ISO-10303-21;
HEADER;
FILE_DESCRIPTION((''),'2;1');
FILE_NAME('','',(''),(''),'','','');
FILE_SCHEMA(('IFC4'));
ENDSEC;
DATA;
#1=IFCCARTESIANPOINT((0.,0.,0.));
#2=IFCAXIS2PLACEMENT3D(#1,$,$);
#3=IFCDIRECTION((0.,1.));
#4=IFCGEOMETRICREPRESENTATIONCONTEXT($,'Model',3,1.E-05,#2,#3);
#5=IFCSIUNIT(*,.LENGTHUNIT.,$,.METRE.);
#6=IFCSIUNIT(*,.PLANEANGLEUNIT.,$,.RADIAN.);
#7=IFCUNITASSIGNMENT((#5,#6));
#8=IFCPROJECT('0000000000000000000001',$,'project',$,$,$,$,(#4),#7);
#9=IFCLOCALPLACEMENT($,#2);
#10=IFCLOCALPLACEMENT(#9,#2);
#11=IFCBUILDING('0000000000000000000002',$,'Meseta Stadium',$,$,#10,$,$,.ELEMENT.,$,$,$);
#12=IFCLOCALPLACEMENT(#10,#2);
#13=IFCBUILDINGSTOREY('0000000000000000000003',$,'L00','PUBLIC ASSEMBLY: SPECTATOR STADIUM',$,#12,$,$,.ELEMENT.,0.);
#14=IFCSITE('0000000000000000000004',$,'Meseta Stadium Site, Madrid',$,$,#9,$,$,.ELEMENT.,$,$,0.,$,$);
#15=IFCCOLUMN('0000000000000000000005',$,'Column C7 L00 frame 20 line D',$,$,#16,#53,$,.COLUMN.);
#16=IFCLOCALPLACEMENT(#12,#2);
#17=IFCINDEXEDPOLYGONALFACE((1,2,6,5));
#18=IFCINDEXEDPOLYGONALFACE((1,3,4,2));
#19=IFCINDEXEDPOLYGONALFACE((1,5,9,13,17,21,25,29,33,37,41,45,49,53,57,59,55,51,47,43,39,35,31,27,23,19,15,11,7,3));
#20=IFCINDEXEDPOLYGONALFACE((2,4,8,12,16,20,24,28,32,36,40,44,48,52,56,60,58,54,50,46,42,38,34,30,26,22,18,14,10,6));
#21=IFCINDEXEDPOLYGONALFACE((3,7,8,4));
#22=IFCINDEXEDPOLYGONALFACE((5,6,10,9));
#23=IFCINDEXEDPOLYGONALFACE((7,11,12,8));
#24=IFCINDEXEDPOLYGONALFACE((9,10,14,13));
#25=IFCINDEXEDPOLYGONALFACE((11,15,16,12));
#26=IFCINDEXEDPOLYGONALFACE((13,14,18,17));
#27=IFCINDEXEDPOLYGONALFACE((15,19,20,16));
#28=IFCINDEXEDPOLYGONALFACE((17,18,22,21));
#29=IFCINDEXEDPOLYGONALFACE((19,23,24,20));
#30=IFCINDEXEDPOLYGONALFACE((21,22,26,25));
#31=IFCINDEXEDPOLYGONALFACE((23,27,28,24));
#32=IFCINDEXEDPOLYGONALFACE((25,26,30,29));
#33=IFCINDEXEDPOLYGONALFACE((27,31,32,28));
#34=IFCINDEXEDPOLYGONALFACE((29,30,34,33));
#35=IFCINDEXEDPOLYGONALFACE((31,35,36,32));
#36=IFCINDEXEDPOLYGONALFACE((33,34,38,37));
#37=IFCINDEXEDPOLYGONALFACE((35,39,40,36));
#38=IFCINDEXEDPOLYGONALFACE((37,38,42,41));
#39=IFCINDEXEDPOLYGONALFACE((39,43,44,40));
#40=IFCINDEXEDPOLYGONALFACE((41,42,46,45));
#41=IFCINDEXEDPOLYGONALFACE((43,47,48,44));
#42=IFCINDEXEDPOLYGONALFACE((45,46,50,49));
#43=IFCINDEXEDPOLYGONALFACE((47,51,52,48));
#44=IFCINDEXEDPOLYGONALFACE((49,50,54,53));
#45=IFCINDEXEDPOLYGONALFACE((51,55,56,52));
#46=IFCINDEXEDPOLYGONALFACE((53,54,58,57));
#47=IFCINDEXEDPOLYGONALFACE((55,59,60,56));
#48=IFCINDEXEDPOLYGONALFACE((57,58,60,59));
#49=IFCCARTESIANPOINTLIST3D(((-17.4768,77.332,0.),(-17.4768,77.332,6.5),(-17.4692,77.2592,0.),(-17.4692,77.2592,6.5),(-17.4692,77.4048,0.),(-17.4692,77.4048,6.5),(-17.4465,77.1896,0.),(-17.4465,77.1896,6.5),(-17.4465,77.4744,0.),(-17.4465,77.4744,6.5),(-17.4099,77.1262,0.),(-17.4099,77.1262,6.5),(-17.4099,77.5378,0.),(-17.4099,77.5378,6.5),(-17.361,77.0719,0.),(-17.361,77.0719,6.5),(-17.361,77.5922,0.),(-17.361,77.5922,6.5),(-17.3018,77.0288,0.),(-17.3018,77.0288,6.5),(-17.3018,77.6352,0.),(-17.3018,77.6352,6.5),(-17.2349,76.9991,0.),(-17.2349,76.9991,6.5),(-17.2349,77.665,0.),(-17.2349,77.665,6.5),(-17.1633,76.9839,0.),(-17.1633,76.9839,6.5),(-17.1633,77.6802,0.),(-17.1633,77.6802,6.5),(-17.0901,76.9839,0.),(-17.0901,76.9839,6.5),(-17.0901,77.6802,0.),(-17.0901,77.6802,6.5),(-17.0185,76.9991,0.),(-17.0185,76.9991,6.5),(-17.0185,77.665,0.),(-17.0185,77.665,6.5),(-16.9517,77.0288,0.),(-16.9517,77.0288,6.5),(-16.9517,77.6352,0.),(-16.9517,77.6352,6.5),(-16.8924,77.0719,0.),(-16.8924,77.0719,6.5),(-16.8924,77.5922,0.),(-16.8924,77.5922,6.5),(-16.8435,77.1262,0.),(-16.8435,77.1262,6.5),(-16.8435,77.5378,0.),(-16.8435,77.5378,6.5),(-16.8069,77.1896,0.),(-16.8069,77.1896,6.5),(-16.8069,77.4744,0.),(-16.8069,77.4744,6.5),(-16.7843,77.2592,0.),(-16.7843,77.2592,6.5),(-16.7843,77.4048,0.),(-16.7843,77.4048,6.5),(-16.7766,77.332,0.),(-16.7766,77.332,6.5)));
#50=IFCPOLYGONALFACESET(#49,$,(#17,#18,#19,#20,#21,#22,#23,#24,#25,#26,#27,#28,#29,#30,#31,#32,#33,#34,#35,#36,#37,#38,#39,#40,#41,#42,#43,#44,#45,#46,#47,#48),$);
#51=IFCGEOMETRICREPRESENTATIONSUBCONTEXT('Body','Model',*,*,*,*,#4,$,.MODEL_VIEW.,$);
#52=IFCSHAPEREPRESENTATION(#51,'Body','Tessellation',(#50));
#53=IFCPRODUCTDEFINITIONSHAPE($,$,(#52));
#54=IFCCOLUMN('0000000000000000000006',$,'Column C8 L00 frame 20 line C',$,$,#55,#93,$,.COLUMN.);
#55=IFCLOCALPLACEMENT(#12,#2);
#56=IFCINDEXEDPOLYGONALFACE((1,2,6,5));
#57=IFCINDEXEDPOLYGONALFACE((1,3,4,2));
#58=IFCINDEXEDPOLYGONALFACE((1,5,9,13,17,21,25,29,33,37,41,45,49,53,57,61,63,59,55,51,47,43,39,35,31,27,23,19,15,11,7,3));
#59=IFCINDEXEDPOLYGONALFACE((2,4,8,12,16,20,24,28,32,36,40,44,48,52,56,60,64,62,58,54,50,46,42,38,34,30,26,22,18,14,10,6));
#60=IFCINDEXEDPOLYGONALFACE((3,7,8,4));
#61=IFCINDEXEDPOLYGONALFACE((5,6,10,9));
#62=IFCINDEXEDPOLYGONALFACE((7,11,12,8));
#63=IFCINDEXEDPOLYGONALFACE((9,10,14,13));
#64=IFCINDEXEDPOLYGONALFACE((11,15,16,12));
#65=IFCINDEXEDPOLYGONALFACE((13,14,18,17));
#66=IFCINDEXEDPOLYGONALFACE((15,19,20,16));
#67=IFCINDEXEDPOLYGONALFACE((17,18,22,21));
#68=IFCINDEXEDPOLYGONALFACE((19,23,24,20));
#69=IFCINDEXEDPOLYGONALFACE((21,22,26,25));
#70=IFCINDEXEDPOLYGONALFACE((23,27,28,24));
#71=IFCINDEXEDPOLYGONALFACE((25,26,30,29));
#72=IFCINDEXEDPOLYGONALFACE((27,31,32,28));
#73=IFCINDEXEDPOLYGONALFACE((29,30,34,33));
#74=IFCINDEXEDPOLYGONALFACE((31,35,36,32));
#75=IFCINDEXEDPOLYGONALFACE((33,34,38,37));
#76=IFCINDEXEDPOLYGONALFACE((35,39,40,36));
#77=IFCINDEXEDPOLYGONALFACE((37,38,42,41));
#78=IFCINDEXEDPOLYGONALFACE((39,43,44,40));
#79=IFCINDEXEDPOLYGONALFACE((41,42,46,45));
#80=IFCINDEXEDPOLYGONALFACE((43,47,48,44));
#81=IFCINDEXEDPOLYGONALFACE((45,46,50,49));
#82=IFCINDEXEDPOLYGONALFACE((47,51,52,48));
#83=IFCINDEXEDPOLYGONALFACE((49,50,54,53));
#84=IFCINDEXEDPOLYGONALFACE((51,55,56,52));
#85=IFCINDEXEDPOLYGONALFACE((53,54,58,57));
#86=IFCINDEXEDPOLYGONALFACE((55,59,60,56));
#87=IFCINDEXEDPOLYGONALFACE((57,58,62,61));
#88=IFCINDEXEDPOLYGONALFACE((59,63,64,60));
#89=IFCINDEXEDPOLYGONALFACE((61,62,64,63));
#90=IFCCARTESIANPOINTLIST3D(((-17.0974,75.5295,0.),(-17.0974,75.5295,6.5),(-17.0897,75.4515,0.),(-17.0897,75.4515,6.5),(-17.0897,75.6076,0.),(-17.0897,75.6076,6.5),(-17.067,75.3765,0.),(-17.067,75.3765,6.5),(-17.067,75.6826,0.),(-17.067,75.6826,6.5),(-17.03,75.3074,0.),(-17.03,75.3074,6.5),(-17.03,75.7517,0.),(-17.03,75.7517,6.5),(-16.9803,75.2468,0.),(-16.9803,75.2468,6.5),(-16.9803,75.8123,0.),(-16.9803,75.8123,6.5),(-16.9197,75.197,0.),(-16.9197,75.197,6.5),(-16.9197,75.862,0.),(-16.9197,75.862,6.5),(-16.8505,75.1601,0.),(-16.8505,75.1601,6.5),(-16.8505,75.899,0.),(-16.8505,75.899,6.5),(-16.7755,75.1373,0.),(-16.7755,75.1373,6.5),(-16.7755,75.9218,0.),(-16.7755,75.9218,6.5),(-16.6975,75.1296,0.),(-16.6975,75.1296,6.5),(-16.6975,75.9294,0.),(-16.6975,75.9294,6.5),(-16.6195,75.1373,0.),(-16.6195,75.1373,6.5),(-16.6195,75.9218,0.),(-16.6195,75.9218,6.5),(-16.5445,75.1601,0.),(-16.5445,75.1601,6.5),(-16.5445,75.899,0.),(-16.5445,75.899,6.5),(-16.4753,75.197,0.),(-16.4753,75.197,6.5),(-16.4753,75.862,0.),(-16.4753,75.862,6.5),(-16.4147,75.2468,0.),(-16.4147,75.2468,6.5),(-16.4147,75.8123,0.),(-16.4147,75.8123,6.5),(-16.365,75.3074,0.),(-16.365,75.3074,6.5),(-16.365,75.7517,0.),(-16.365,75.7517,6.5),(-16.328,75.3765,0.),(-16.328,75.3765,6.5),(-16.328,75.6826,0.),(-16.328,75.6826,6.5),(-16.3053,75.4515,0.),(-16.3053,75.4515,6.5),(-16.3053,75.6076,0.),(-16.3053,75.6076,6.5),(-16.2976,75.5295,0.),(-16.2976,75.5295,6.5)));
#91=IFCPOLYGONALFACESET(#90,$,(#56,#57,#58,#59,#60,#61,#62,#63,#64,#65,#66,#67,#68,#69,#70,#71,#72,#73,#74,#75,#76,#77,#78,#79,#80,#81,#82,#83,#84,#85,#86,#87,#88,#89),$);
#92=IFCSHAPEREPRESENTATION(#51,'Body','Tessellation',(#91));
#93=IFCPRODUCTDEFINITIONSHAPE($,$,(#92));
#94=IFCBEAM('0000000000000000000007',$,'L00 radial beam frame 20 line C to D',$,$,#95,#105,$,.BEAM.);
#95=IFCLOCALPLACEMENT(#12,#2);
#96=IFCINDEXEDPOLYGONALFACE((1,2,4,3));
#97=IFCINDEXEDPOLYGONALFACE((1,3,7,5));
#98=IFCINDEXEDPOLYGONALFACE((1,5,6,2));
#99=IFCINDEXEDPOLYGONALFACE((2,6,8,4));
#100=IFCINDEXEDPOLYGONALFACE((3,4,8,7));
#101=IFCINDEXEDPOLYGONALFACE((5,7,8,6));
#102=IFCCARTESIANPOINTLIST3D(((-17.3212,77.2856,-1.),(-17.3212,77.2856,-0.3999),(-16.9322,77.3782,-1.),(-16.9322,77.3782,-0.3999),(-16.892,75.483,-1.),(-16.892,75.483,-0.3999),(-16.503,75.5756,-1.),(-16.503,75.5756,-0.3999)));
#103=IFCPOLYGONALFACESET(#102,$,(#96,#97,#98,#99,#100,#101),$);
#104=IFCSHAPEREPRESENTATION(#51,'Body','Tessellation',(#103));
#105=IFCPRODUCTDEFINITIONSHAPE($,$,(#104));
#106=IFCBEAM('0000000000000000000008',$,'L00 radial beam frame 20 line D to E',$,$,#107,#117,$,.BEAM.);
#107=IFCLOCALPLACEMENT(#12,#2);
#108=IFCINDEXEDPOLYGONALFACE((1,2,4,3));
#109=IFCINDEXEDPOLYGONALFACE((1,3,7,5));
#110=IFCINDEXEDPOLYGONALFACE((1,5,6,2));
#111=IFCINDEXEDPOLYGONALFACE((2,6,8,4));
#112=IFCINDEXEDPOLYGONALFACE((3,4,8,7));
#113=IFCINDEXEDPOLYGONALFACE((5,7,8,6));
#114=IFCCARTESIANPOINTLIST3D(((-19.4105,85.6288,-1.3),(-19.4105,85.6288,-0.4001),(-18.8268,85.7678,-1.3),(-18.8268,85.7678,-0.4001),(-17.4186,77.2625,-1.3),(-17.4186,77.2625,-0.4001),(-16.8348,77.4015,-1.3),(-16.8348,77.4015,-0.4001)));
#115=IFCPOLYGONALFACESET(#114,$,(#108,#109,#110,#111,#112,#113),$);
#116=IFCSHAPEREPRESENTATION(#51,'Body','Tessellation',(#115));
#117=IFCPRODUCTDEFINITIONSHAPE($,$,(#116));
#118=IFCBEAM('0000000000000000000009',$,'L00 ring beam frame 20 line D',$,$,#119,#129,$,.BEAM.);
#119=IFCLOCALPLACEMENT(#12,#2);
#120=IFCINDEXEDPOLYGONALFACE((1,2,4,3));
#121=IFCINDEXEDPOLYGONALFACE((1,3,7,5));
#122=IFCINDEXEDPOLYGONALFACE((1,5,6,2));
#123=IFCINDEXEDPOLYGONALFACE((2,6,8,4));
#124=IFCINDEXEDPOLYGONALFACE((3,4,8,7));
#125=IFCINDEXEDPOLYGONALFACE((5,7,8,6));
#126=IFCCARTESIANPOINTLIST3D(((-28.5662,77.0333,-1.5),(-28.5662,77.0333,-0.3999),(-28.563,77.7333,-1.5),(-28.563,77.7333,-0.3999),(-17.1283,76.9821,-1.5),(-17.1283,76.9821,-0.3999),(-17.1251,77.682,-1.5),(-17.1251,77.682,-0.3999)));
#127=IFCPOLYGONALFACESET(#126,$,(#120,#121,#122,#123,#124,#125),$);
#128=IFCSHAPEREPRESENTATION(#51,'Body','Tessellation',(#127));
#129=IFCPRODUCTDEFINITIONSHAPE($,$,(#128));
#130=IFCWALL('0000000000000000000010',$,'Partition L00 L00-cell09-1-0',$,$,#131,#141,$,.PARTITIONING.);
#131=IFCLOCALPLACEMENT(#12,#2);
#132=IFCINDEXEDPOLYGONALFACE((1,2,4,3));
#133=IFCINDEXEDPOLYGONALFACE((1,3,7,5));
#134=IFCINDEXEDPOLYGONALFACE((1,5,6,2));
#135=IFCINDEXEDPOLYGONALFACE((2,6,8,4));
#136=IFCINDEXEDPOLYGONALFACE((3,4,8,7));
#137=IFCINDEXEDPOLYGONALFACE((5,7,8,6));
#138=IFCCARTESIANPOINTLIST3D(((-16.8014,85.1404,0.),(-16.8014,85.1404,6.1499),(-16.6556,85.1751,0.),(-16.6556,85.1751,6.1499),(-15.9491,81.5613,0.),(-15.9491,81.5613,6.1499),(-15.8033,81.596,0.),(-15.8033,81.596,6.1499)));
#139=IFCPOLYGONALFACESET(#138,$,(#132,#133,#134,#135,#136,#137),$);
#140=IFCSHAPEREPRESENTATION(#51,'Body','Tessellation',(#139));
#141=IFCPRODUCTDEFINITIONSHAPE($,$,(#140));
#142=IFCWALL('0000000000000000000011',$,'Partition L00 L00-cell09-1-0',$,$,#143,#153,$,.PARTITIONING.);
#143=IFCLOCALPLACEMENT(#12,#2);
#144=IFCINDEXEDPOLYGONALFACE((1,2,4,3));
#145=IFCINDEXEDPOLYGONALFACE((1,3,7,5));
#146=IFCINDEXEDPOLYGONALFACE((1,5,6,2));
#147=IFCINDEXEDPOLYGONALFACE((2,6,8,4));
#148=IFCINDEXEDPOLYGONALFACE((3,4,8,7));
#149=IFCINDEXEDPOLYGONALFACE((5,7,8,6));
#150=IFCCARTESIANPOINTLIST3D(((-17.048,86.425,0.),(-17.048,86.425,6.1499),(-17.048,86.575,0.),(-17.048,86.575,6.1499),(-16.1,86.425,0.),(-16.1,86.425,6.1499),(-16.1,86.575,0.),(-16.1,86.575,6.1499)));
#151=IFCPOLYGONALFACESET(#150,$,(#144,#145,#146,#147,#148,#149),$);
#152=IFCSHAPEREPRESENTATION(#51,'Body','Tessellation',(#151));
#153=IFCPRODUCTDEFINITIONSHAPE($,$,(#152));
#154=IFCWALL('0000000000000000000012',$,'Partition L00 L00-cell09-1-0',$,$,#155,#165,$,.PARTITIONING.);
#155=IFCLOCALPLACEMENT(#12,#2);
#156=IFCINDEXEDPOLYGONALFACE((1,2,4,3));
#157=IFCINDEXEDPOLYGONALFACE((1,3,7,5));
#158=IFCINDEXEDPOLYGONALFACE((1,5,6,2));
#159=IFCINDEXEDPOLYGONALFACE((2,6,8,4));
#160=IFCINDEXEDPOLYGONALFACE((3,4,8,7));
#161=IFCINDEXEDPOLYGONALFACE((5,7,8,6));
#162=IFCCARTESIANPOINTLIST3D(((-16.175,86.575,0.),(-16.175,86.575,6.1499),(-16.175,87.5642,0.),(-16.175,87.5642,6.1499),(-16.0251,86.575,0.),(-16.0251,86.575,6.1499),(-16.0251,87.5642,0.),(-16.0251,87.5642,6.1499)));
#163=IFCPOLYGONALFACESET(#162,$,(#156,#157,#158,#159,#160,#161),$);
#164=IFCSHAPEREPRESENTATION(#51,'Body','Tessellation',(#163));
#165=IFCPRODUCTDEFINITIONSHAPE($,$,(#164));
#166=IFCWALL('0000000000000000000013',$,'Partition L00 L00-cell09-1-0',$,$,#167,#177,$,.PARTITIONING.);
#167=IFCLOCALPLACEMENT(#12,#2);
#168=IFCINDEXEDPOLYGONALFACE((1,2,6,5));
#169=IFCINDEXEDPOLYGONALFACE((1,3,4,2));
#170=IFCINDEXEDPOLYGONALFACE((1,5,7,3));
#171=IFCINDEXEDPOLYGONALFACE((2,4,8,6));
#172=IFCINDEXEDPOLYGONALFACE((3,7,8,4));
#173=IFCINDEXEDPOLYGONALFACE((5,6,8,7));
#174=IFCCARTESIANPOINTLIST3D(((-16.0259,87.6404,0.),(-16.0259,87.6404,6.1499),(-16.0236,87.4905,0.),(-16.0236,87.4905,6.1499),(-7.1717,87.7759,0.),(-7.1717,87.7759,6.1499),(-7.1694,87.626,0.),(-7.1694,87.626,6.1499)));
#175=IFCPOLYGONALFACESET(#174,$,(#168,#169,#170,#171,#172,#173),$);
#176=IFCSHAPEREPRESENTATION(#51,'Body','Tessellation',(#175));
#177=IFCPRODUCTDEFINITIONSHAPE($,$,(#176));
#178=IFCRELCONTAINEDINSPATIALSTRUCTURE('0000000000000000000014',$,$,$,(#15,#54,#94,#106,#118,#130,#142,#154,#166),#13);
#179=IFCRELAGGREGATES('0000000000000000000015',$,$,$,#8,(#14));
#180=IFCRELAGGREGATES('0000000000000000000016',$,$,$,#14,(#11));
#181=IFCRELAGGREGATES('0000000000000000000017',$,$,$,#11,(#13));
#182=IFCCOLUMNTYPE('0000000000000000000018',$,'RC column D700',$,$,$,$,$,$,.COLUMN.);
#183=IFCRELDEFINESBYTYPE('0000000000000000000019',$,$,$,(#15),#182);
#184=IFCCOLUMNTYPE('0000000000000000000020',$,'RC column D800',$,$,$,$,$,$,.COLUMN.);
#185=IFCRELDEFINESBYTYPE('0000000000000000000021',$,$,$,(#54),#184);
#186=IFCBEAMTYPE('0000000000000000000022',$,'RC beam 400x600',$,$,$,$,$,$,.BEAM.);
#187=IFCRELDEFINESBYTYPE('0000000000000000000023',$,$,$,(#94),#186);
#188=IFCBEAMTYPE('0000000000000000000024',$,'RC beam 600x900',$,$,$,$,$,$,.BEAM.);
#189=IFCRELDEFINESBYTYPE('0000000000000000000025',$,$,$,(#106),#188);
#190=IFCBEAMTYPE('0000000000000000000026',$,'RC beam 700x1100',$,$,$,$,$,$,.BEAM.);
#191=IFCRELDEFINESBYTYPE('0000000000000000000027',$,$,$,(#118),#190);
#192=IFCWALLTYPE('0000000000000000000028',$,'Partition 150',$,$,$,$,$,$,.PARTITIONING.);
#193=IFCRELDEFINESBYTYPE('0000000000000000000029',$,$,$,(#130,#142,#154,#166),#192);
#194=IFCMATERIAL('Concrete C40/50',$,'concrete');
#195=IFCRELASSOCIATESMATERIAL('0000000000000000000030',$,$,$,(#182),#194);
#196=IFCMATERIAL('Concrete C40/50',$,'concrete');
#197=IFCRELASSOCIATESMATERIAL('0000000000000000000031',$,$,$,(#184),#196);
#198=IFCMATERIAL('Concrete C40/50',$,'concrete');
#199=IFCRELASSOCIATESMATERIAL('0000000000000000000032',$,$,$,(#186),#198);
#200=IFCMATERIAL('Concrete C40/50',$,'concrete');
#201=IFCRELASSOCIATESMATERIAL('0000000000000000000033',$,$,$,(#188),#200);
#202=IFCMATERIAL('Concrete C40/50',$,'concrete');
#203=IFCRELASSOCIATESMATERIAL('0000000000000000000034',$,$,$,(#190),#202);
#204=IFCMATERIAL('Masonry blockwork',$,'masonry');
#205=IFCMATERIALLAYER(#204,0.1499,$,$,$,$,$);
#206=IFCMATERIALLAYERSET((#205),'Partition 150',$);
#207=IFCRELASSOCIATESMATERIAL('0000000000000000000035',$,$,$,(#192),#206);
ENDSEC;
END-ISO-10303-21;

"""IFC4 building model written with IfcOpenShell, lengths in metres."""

from ifc_helpers import new_model, si_unit, direction, frame, frame_2d, origin, origin_2d, place, context, subcontext, project, spatial, rectangle, circle, extrude, material, layer, layer_set, material_profile, profile_set, type_object, element, save


model = new_model("IFC4")

# Units and contexts
model_context = context("Model", 3, precision=1e-05, world=origin(), true_north=direction((0.0, 1.0)))
body_context = subcontext(model_context, "Body", "Model", "MODEL_VIEW")
ifc_project = project(units=[si_unit("LENGTHUNIT", "METRE"), si_unit("PLANEANGLEUNIT", "RADIAN")], contexts=[model_context])

# Site, building, storey
site_placement = place(None, origin())
site = spatial("IfcSite", under=ifc_project, at=site_placement, Name="Meseta Stadium Site, Madrid", CompositionType="ELEMENT", RefElevation=0.0)
building_placement = place(site_placement, origin())
building = spatial("IfcBuilding", under=site, at=building_placement, Name="Meseta Stadium", CompositionType="ELEMENT")
storey_placement = place(building_placement, origin())
storey = spatial("IfcBuildingStorey", under=building, at=storey_placement, Name="L00", Description="PUBLIC ASSEMBLY: SPECTATOR STADIUM", CompositionType="ELEMENT", Elevation=0.0)

# Columns
ifc_material_1 = material(Name="Concrete C40/50", Category="concrete")
ifc_material_profile_1 = material_profile(ifc_material_1, circle(Radius=0.3501, at=origin_2d()), Name="RC D700")
ifc_profile_set_1 = profile_set([ifc_material_profile_1], Name="Concrete C40/50")
column_type_1 = type_object("IfcColumnType", Name="RC column D700", PredefinedType="COLUMN", material=ifc_profile_set_1)
column_1_placement = place(storey_placement, frame((-17.1267, 77.332, 0.0), z_axis=(0.0, 0.0, 1.0), x_axis=(1.0, 0.0, 0.0)))
element("IfcColumn", 1, at=column_1_placement, inside=storey, type_object=column_type_1, Name="Column C7 L00 frame 20 line D", PredefinedType="COLUMN", context=body_context, shape_type="SweptSolid", body=[
    extrude(circle(Radius=0.3501, at=origin_2d()), origin(), (0.0, 0.0, 1.0), 6.5),
])
ifc_material_2 = material(Name="Concrete C40/50", Category="concrete")
ifc_material_profile_2 = material_profile(ifc_material_2, circle(Radius=0.3999, at=origin_2d()), Name="RC D800")
ifc_profile_set_2 = profile_set([ifc_material_profile_2], Name="Concrete C40/50")
column_type_2 = type_object("IfcColumnType", Name="RC column D800", PredefinedType="COLUMN", material=ifc_profile_set_2)
column_2_placement = place(storey_placement, frame((-16.6975, 75.5295, 0.0), z_axis=(0.0, 0.0, 1.0), x_axis=(1.0, 0.0, 0.0)))
element("IfcColumn", 2, at=column_2_placement, inside=storey, type_object=column_type_2, Name="Column C8 L00 frame 20 line C", PredefinedType="COLUMN", context=body_context, shape_type="SweptSolid", body=[
    extrude(circle(Radius=0.3999, at=origin_2d()), origin(), (0.0, 0.0, 1.0), 6.5),
])

# Beams
ifc_material_3 = material(Name="Concrete C40/50", Category="concrete")
ifc_material_profile_3 = material_profile(ifc_material_3, rectangle(XDim=0.3999, YDim=0.6001, at=origin_2d()), Name="RC 400x600")
ifc_profile_set_3 = profile_set([ifc_material_profile_3], Name="Concrete C40/50")
beam_type_1 = type_object("IfcBeamType", Name="RC beam 400x600", PredefinedType="BEAM", material=ifc_profile_set_3)
beam_1_placement = place(storey_placement, frame((-16.6975, 75.5293, -0.7), z_axis=(-0.231609, 0.972809, 0.0), x_axis=(-0.972809, -0.231609, 0.0)))
element("IfcBeam", 3, at=beam_1_placement, inside=storey, type_object=beam_type_1, Name="L00 radial beam frame 20 line C to D", PredefinedType="BEAM", context=body_context, shape_type="SweptSolid", body=[
    extrude(rectangle(XDim=0.3999, YDim=0.6001, at=origin_2d()), origin(), (0.0, 0.0, 1.0), 1.853),
])
ifc_material_4 = material(Name="Concrete C40/50", Category="concrete")
ifc_material_profile_4 = material_profile(ifc_material_4, rectangle(XDim=0.6001, YDim=0.8999, at=origin_2d()), Name="RC 600x900")
ifc_profile_set_4 = profile_set([ifc_material_profile_4], Name="Concrete C40/50")
beam_type_2 = type_object("IfcBeamType", Name="RC beam 600x900", PredefinedType="BEAM", material=ifc_profile_set_4)
beam_2_placement = place(storey_placement, frame((-17.1267, 77.332, -0.8501), z_axis=(-0.231619, 0.972807, 0.0), x_axis=(-0.972807, -0.231619, 0.0)))
element("IfcBeam", 4, at=beam_2_placement, inside=storey, type_object=beam_type_2, Name="L00 radial beam frame 20 line D to E", PredefinedType="BEAM", context=body_context, shape_type="SweptSolid", body=[
    extrude(rectangle(XDim=0.6001, YDim=0.8999, at=origin_2d()), origin(), (0.0, 0.0, 1.0), 8.6001),
])
ifc_material_5 = material(Name="Concrete C40/50", Category="concrete")
ifc_material_profile_5 = material_profile(ifc_material_5, rectangle(XDim=0.7, YDim=1.1001, at=origin_2d()), Name="RC 700x1100")
ifc_profile_set_5 = profile_set([ifc_material_profile_5], Name="Concrete C40/50")
beam_type_3 = type_object("IfcBeamType", Name="RC beam 700x1100", PredefinedType="BEAM", material=ifc_profile_set_5)
beam_3_placement = place(storey_placement, frame((-17.1267, 77.332, -0.95), z_axis=(-0.99999, 0.004482, 0.0), x_axis=(-0.004482, -0.99999, 0.0)))
element("IfcBeam", 5, at=beam_3_placement, inside=storey, type_object=beam_type_3, Name="L00 ring beam frame 20 line D", PredefinedType="BEAM", context=body_context, shape_type="SweptSolid", body=[
    extrude(rectangle(XDim=0.7, YDim=1.1001, at=origin_2d()), origin(), (0.0, 0.0, 1.0), 11.438),
])

# Walls
ifc_material_6 = material(Name="Masonry blockwork", Category="masonry")
ifc_layer = layer(ifc_material_6, 0.1499)
ifc_layer_set = layer_set([ifc_layer], Name="Partition 150")
wall_type = type_object("IfcWallType", Name="Partition 150", PredefinedType="PARTITIONING", material=ifc_layer_set)
wall_1_placement = place(storey_placement, frame((-15.8762, 81.5786, 0.0), z_axis=(0.0, 0.0, 1.0), x_axis=(-0.231653, 0.972798, 0.0)))
element("IfcWall", 6, at=wall_1_placement, inside=storey, type_object=wall_type, Name="Partition L00 L00-cell09-1-0", PredefinedType="PARTITIONING", context=body_context, shape_type="SweptSolid", body=[
    extrude(rectangle(XDim=3.6792, YDim=0.1499, at=frame_2d((1.8396, 0.0))), origin(), (0.0, 0.0, 1.0), 6.1499),
])
wall_2_placement = place(storey_placement, frame((-17.0481, 86.5, 0.0), z_axis=(0.0, 0.0, 1.0), x_axis=(1.0, 0.0, 0.0)))
element("IfcWall", 7, at=wall_2_placement, inside=storey, type_object=wall_type, Name="Partition L00 L00-cell09-1-0", PredefinedType="PARTITIONING", context=body_context, shape_type="SweptSolid", body=[
    extrude(rectangle(XDim=0.948, YDim=0.1499, at=frame_2d((0.4741, 0.0))), origin(), (0.0, 0.0, 1.0), 6.1499),
])
wall_3_placement = place(storey_placement, frame((-16.1001, 86.575, 0.0), z_axis=(0.0, 0.0, 1.0), x_axis=(0.0, 1.0, 0.0)))
element("IfcWall", 8, at=wall_3_placement, inside=storey, type_object=wall_type, Name="Partition L00 L00-cell09-1-0", PredefinedType="PARTITIONING", context=body_context, shape_type="SweptSolid", body=[
    extrude(rectangle(XDim=0.9893, YDim=0.1499, at=frame_2d((0.4946, 0.0))), origin(), (0.0, 0.0, 1.0), 6.1499),
])
wall_4_placement = place(storey_placement, frame((-16.0249, 87.5654, 0.0), z_axis=(0.0, 0.0, 1.0), x_axis=(0.999883, 0.015301, 0.0)))
element("IfcWall", 9, at=wall_4_placement, inside=storey, type_object=wall_type, Name="Partition L00 L00-cell09-1-0", PredefinedType="PARTITIONING", context=body_context, shape_type="SweptSolid", body=[
    extrude(rectangle(XDim=8.8552, YDim=0.1499, at=frame_2d((4.4277, 0.0))), origin(), (0.0, 0.0, 1.0), 6.1499),
])

save(model, "model.ifc")
